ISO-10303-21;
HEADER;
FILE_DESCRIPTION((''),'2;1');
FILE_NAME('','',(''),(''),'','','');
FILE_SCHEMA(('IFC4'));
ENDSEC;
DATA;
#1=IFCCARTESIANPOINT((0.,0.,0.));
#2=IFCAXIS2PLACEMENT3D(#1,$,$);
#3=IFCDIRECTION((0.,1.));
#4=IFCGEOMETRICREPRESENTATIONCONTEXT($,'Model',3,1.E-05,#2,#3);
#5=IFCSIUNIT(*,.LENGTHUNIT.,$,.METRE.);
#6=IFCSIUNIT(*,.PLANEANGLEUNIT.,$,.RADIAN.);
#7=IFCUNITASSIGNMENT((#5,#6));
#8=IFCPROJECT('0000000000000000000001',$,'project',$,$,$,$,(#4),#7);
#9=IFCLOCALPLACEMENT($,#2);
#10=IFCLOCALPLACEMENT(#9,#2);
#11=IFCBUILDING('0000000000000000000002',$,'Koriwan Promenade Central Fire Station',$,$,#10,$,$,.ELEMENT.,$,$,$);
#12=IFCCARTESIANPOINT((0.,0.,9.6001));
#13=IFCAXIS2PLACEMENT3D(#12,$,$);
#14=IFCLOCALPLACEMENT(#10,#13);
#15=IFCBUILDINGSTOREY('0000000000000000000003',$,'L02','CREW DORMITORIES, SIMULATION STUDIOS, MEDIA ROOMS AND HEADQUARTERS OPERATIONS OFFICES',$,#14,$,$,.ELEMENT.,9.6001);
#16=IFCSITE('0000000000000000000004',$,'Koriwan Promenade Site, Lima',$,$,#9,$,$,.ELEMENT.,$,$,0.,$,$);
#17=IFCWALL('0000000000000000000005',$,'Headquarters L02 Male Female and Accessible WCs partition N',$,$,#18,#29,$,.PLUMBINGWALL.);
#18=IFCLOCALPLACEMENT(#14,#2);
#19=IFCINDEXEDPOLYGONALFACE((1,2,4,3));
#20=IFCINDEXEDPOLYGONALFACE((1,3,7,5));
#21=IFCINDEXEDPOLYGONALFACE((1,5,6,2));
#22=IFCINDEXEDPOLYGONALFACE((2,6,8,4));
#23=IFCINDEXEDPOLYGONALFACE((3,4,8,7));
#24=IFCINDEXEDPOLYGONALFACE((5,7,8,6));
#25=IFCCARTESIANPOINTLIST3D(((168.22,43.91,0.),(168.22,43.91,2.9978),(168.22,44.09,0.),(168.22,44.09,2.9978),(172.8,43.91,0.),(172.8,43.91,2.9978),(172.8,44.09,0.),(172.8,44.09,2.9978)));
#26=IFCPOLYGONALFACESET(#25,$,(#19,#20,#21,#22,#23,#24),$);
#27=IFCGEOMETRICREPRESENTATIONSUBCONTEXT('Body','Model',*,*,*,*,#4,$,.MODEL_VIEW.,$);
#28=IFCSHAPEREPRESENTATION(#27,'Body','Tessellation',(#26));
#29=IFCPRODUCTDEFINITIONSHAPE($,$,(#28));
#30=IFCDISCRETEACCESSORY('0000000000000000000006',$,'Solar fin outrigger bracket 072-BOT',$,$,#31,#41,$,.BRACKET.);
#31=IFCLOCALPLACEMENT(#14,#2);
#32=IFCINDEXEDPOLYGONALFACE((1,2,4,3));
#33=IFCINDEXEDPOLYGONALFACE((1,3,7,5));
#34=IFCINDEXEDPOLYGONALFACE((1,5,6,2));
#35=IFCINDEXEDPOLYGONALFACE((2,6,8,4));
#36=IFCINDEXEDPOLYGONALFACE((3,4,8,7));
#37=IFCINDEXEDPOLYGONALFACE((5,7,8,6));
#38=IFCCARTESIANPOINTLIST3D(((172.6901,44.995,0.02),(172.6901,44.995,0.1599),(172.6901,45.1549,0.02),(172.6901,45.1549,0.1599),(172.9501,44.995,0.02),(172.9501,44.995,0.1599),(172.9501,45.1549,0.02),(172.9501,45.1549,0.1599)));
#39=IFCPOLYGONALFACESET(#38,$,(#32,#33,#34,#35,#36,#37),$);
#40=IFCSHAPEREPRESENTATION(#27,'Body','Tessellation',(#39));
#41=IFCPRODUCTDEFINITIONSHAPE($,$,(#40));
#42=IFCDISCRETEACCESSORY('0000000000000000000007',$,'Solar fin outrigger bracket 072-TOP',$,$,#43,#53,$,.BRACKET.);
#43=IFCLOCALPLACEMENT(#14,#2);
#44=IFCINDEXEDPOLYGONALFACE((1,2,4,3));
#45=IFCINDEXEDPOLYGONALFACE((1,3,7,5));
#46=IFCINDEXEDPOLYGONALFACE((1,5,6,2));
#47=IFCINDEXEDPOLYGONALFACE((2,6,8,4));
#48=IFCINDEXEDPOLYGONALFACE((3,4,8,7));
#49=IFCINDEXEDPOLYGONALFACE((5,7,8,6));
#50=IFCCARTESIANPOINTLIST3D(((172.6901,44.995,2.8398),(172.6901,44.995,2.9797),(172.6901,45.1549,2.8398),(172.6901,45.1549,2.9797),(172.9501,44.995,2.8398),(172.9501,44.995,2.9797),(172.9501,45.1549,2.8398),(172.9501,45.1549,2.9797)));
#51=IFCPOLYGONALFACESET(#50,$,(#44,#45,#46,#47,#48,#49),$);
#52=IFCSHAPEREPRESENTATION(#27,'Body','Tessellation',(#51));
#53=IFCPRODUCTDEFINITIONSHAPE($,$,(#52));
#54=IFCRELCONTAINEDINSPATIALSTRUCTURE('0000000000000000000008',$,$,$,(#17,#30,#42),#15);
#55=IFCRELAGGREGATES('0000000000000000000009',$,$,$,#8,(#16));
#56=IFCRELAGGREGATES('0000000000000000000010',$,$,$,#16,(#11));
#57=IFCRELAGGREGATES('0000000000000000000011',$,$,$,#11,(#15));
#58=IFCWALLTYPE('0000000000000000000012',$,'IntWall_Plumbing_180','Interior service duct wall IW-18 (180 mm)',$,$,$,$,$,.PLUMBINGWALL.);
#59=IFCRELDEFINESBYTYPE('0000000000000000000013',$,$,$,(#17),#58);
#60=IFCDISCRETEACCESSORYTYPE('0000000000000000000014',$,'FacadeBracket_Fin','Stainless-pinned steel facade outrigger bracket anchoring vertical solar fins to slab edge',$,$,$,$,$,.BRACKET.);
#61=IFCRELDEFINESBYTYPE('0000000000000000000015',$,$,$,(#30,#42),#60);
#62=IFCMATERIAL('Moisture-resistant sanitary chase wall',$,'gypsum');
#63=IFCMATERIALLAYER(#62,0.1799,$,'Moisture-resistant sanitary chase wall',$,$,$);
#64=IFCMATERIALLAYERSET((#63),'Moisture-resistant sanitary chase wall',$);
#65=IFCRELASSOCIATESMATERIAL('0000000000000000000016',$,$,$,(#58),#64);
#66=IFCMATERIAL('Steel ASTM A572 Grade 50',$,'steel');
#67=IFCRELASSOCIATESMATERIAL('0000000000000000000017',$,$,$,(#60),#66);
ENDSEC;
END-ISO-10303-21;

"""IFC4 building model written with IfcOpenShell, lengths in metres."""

from ifc_helpers import new_model, si_unit, direction, frame, frame_2d, origin, origin_2d, place, context, subcontext, project, spatial, rectangle, extrude, material, layer, layer_set, type_object, element, save


model = new_model("IFC4")

# Units and contexts
model_context = context("Model", 3, precision=1e-05, world=origin(), true_north=direction((0.0, 1.0)))
body_context = subcontext(model_context, "Body", "Model", "MODEL_VIEW")
ifc_project = project(units=[si_unit("LENGTHUNIT", "METRE"), si_unit("PLANEANGLEUNIT", "RADIAN")], contexts=[model_context])

# Site, building, storey
site_placement = place(None, origin())
site = spatial("IfcSite", under=ifc_project, at=site_placement, Name="Koriwan Promenade Site, Lima", CompositionType="ELEMENT", RefElevation=0.0)
building_placement = place(site_placement, origin())
building = spatial("IfcBuilding", under=site, at=building_placement, Name="Koriwan Promenade Central Fire Station", CompositionType="ELEMENT")
storey_placement = place(building_placement, frame((0.0, 0.0, 9.6001)))
storey = spatial("IfcBuildingStorey", under=building, at=storey_placement, Name="L02", Description="CREW DORMITORIES, SIMULATION STUDIOS, MEDIA ROOMS AND HEADQUARTERS OPERATIONS OFFICES", CompositionType="ELEMENT", Elevation=9.6001)

# Wall
ifc_material_1 = material(Name="Moisture-resistant sanitary chase wall", Category="gypsum")
ifc_layer_1 = layer(ifc_material_1, 0.1799, Name="Moisture-resistant sanitary chase wall")
ifc_layer_set_1 = layer_set([ifc_layer_1], Name="Moisture-resistant sanitary chase wall")
wall_type_1 = type_object("IfcWallType", Name="IntWall_Plumbing_180", Description="Interior service duct wall IW-18 (180 mm)", PredefinedType="PLUMBINGWALL", material=ifc_layer_set_1)
wall_1_placement = place(storey_placement, frame((168.22, 44.0, 0.0), z_axis=(0.0, 0.0, 1.0), x_axis=(1.0, 0.0, 0.0)))
element("IfcWall", 1, at=wall_1_placement, inside=storey, type_object=wall_type_1, Name="Headquarters L02 Male Female and Accessible WCs partition N", PredefinedType="PLUMBINGWALL", context=body_context, shape_type="SweptSolid", body=[
    extrude(rectangle(XDim=4.5801, YDim=0.1799, at=frame_2d((2.29, 0.0))), origin(), (0.0, 0.0, 1.0), 2.9978),
])

# Discrete accessories
ifc_material_2 = material(Name="Steel ASTM A572 Grade 50", Category="steel")
discrete_accessory_type = type_object("IfcDiscreteAccessoryType", Name="FacadeBracket_Fin", Description="Stainless-pinned steel facade outrigger bracket anchoring vertical solar fins to slab edge", PredefinedType="BRACKET", material=ifc_material_2)
for number, where, z_axis, x_axis, name in (
    (2, (172.8201, 45.075, 0.02), (0.0, 0.0, 1.0), (1.0, 0.0, 0.0), "Solar fin outrigger bracket 072-BOT"),
    (3, (172.8201, 45.075, 2.8398), (0.0, 0.0, 1.0), (1.0, 0.0, 0.0), "Solar fin outrigger bracket 072-TOP"),
):
    element("IfcDiscreteAccessory", number, at=place(storey_placement, frame(where, z_axis=z_axis, x_axis=x_axis)), inside=storey, type_object=discrete_accessory_type, Name=name, PredefinedType="BRACKET", context=body_context, shape_type="SweptSolid", body=[
        extrude(rectangle(XDim=0.26, YDim=0.1599, at=origin_2d()), origin(), (0.0, 0.0, 1.0), 0.1399),
    ])

save(model, "model.ifc")
